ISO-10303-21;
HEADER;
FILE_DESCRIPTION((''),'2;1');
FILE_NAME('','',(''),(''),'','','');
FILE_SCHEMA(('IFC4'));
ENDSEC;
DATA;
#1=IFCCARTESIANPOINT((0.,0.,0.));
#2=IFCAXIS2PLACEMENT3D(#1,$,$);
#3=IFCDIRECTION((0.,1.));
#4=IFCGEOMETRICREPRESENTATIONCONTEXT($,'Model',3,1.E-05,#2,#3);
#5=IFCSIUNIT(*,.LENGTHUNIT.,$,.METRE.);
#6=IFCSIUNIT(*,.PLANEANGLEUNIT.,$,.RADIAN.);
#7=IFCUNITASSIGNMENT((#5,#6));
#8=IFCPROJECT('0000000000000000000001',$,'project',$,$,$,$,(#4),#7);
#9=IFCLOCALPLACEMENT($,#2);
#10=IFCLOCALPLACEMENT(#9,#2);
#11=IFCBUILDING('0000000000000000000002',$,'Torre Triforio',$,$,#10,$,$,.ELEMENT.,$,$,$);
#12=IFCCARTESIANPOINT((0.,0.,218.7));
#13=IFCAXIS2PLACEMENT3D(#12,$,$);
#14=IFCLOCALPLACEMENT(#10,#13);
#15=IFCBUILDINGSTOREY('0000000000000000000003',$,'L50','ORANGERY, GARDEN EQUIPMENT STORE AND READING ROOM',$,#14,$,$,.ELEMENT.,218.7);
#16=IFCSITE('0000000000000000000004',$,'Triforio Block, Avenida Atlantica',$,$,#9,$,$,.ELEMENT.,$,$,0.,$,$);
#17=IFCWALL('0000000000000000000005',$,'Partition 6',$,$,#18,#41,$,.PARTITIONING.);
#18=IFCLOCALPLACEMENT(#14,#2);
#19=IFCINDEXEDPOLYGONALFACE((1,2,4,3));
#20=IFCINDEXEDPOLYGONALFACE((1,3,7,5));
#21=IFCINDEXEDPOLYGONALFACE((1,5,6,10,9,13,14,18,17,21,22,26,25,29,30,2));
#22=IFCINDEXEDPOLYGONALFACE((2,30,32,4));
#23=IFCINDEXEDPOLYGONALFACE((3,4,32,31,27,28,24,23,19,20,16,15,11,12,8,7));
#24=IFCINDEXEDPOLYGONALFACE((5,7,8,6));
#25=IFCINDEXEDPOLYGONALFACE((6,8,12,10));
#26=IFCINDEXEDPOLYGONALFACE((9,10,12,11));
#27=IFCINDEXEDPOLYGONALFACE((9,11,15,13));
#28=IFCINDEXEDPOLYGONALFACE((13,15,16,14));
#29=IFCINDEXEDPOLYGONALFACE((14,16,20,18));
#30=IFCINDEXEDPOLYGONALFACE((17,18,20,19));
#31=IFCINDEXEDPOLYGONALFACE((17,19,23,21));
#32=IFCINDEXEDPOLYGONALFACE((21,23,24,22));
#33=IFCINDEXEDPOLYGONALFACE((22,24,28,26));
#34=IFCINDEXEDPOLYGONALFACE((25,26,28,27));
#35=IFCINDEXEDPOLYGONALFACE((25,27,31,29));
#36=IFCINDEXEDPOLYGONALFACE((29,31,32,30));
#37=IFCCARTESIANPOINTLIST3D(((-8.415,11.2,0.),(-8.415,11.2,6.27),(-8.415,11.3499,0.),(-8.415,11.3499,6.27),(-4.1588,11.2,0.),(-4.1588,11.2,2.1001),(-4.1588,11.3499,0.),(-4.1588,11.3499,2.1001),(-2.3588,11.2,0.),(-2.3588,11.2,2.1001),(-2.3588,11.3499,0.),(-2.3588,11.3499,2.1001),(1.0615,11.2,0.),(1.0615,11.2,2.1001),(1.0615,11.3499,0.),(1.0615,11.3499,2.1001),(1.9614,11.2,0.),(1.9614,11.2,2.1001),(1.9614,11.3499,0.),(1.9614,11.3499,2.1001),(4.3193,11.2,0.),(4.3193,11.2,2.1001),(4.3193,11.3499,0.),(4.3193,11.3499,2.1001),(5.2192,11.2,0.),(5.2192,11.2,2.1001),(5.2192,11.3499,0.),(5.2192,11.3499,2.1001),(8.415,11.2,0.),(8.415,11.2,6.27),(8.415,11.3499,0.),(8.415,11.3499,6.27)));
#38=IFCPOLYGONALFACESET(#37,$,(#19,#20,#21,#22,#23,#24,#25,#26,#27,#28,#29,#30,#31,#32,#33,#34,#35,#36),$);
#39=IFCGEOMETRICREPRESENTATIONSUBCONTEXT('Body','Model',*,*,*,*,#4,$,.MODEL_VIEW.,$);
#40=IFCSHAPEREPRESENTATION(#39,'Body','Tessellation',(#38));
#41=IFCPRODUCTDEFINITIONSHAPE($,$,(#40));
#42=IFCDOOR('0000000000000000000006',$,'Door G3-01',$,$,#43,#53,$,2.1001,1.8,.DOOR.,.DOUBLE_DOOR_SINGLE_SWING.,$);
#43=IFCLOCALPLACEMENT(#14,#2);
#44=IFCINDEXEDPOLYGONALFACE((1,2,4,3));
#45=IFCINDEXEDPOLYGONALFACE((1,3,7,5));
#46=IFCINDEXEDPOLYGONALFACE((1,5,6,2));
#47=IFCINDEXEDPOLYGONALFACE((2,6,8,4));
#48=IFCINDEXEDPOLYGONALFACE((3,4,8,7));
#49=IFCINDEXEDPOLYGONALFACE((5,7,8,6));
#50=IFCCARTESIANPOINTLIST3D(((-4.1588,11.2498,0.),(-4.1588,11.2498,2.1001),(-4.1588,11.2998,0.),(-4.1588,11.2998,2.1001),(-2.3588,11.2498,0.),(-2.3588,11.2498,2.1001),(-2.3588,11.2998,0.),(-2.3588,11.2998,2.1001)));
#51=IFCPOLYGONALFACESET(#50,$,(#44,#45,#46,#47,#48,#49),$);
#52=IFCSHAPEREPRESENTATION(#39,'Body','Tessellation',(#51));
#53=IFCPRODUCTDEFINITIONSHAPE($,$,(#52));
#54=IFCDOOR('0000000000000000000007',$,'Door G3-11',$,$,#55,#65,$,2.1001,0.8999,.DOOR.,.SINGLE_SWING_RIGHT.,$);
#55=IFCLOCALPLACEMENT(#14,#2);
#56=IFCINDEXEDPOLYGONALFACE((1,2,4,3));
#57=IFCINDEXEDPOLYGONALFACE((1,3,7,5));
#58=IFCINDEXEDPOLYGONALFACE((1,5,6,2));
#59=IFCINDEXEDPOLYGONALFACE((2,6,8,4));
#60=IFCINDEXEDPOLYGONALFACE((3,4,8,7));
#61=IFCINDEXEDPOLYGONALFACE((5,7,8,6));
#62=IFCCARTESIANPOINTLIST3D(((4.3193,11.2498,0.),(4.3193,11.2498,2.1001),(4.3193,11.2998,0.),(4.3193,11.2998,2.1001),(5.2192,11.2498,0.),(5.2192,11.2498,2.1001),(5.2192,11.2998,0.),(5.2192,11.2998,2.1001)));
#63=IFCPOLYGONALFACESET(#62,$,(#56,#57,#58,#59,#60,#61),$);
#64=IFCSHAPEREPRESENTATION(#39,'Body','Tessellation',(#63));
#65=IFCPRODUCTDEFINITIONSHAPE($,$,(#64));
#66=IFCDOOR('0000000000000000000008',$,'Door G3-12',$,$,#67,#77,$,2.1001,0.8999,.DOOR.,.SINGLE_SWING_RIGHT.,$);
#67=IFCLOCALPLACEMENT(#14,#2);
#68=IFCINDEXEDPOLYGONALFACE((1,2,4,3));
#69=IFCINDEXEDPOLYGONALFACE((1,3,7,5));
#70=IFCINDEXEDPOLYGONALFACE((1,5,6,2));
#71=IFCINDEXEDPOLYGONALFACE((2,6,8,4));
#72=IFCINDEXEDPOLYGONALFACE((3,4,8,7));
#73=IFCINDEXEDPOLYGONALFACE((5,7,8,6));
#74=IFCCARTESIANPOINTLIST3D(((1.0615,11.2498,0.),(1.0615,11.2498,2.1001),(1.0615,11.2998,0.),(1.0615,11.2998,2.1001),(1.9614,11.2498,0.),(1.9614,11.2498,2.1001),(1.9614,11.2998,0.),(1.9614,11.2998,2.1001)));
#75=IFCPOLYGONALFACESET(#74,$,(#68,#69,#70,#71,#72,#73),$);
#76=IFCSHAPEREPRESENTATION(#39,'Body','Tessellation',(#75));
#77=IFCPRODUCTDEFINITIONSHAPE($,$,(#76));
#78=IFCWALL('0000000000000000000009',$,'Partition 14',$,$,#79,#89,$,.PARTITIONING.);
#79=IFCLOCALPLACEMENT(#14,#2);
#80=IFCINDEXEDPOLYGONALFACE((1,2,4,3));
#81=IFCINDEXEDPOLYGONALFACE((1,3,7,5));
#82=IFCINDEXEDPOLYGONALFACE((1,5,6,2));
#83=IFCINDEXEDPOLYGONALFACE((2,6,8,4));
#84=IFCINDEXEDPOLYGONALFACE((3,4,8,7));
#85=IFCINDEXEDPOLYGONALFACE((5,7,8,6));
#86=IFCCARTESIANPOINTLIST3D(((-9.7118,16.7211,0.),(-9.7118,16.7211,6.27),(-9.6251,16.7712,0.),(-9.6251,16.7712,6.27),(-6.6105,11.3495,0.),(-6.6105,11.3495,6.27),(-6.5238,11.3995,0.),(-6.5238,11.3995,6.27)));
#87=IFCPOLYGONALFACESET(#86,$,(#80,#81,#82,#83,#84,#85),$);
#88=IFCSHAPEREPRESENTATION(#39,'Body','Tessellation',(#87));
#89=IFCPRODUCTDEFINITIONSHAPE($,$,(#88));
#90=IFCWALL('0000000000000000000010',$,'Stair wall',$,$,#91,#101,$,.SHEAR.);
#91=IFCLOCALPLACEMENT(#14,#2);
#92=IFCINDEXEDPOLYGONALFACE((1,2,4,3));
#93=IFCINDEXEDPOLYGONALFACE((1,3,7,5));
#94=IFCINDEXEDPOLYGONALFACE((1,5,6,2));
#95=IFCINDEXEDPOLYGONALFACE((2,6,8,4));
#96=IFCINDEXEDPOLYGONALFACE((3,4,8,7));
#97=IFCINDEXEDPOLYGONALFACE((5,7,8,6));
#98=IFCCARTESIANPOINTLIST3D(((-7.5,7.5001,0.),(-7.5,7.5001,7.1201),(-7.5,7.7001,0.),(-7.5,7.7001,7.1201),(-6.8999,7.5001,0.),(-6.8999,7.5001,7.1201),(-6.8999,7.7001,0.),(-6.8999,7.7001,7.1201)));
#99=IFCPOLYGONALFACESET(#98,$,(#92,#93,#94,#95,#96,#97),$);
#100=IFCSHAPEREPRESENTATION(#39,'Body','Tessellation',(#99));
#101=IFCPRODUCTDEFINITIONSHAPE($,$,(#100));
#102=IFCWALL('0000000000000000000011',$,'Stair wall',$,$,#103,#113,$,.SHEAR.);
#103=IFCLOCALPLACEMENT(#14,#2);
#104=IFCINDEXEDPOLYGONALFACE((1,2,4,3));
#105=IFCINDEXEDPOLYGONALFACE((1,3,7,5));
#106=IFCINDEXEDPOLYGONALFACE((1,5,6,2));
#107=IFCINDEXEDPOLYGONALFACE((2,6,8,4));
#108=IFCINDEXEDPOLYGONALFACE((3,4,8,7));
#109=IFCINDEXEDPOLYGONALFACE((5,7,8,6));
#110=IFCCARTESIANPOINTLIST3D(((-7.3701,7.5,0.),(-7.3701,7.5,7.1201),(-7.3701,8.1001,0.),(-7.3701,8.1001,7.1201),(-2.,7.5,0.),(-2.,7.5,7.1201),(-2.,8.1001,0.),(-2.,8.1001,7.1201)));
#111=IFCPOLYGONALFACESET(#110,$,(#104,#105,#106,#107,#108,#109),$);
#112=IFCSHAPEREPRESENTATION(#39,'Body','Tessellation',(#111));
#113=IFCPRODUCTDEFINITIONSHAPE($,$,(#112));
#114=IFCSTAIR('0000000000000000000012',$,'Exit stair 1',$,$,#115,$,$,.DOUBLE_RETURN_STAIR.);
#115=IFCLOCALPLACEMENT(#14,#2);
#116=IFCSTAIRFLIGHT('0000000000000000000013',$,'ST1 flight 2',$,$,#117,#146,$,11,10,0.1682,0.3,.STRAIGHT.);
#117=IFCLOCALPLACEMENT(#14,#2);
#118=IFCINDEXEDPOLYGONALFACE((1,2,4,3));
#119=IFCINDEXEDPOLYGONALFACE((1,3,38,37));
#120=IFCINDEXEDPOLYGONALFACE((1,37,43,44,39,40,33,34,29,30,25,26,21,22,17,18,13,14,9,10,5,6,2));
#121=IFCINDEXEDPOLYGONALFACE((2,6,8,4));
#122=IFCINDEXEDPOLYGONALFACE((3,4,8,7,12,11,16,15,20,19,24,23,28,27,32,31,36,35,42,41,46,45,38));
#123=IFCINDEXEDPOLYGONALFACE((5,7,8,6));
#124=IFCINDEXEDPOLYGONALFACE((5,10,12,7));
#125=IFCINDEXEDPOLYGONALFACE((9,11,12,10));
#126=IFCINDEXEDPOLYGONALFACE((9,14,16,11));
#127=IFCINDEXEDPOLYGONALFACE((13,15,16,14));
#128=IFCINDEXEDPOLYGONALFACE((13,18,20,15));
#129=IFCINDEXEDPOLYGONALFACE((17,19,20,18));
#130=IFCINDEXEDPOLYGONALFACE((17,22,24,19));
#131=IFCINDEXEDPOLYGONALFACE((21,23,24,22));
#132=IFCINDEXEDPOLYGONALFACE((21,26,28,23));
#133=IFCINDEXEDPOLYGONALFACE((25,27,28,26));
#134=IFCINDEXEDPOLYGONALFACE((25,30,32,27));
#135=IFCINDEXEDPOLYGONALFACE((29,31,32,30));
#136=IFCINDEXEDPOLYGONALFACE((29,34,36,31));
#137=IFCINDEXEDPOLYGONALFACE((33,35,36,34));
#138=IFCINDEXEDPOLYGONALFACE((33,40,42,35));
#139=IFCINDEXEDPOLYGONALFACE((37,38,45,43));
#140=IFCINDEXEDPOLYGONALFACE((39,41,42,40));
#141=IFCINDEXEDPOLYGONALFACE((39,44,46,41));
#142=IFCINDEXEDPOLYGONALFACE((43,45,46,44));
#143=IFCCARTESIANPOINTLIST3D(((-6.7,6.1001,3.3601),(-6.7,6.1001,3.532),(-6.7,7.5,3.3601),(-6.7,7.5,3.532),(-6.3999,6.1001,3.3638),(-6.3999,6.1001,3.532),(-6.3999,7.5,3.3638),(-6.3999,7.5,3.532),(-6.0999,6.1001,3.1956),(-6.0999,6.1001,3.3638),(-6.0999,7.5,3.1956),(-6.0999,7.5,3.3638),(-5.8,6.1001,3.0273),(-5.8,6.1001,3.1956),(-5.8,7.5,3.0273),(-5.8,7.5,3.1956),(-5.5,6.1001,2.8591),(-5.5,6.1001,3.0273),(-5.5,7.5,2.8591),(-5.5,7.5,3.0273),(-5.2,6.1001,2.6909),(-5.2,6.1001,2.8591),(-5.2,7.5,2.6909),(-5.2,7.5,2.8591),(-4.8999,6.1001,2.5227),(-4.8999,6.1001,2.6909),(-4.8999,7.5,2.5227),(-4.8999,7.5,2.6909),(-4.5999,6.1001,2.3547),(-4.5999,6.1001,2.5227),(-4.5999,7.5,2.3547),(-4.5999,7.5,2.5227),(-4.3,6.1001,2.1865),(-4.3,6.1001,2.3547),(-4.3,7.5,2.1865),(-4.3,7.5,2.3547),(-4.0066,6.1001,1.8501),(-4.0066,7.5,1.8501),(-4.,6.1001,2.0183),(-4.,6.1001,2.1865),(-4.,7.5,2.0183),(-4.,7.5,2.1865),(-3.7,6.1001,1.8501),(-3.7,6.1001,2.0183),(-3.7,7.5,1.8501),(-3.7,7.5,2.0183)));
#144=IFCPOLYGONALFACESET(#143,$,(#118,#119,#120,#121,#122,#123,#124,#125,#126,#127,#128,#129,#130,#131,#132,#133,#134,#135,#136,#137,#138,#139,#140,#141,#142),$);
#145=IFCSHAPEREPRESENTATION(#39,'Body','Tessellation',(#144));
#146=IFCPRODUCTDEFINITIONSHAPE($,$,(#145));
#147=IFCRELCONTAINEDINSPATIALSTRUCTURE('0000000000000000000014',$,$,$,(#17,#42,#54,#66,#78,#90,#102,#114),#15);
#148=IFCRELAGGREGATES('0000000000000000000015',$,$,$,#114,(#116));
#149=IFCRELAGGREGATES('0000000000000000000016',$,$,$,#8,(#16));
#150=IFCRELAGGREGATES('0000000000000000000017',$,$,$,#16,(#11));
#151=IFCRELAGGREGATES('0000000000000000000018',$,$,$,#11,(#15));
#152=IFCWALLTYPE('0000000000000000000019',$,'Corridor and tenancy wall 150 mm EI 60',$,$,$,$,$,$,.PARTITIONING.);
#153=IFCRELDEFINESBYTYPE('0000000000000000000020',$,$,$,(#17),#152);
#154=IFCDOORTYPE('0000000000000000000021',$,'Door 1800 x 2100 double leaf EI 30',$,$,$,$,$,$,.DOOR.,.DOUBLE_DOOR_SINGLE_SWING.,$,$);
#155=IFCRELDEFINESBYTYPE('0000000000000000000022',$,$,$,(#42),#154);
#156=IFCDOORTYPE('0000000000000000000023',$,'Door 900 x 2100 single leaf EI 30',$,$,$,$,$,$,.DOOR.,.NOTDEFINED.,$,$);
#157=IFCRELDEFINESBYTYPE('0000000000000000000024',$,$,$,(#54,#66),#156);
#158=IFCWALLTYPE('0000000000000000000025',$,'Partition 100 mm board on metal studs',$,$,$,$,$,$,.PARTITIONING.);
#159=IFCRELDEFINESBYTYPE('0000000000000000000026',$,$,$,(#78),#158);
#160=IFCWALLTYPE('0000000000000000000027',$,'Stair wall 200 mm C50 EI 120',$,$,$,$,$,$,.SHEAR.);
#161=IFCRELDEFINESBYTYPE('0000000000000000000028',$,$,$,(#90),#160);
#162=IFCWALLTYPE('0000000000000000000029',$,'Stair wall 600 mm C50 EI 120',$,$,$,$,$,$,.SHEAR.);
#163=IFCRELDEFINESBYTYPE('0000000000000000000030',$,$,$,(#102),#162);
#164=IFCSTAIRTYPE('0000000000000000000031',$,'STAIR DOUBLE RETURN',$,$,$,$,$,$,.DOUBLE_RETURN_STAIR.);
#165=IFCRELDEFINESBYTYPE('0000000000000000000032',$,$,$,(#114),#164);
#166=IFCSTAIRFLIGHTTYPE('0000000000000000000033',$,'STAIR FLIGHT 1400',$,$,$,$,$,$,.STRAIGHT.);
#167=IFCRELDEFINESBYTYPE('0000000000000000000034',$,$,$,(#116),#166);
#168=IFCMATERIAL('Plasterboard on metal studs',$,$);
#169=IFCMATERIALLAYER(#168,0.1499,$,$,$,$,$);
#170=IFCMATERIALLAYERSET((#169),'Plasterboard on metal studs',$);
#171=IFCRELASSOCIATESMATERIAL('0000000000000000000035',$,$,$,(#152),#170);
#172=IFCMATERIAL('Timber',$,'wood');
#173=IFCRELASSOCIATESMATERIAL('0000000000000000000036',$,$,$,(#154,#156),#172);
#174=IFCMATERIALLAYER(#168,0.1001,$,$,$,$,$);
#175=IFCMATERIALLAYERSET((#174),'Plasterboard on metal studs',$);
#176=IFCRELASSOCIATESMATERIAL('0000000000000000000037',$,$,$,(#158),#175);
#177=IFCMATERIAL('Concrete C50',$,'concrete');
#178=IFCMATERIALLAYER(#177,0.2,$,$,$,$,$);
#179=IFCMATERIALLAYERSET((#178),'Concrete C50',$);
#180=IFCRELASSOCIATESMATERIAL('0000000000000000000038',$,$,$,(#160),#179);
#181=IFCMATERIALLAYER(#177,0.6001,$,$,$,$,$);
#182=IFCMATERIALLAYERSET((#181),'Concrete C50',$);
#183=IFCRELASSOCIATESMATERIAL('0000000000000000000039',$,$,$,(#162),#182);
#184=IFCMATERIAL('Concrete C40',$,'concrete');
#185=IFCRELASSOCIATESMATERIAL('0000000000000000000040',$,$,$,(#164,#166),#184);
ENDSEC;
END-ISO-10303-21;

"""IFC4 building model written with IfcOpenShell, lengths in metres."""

from ifc_helpers import new_model, si_unit, direction, frame, frame_2d, origin, place, context, subcontext, project, spatial, polyline, rectangle, outline, extrude, material, layer, layer_set, type_object, element, fill, aggregate, save


model = new_model("IFC4")

# Units and contexts
model_context = context("Model", 3, precision=1e-05, world=origin(), true_north=direction((0.0, 1.0)))
body_context = subcontext(model_context, "Body", "Model", "MODEL_VIEW")
ifc_project = project(units=[si_unit("LENGTHUNIT", "METRE"), si_unit("PLANEANGLEUNIT", "RADIAN")], contexts=[model_context])

# Site, building, storey
site_placement = place(None, origin())
site = spatial("IfcSite", under=ifc_project, at=site_placement, Name="Triforio Block, Avenida Atlantica", CompositionType="ELEMENT", RefElevation=0.0)
building_placement = place(site_placement, origin())
building = spatial("IfcBuilding", under=site, at=building_placement, Name="Torre Triforio", CompositionType="ELEMENT")
storey_placement = place(building_placement, frame((0.0, 0.0, 218.7)))
storey = spatial("IfcBuildingStorey", under=building, at=storey_placement, Name="L50", Description="ORANGERY, GARDEN EQUIPMENT STORE AND READING ROOM", CompositionType="ELEMENT", Elevation=218.7)

# Shared definitions
ifc_material_1 = material(Name="Concrete C40", Category="concrete")

# Wall, openings, doors
ifc_material_2 = material(Name="Concrete C50", Category="concrete")
ifc_material_3 = material(Name="Plasterboard on metal studs")
ifc_layer_1 = layer(ifc_material_3, 0.1499)
ifc_layer_set_1 = layer_set([ifc_layer_1], Name="Plasterboard on metal studs")
wall_type_1 = type_object("IfcWallType", Name="Corridor and tenancy wall 150 mm EI 60", PredefinedType="PARTITIONING", material=ifc_layer_set_1)
wall_1_placement = place(storey_placement, frame((-8.415, 11.2749, 0.0), z_axis=(0.0, 0.0, 1.0), x_axis=(1.0, 0.0, 0.0)))
wall_1 = element("IfcWall", 1, at=wall_1_placement, inside=storey, type_object=wall_type_1, Name="Partition 6", PredefinedType="PARTITIONING", context=body_context, shape_type="SweptSolid", body=[
    extrude(rectangle(XDim=16.8301, YDim=0.1499, at=frame_2d((8.415, 0.0))), origin(), (0.0, 0.0, 1.0), 6.27),
])
opening_1_placement = place(wall_1_placement, frame((4.2563, 0.0, 0.0)))
opening_1 = element("IfcOpeningElement", 2, at=opening_1_placement, cuts=wall_1, PredefinedType="OPENING", context=body_context, shape_type="SweptSolid", body=[
    extrude(rectangle(XDim=1.8, YDim=2.1001, at=frame_2d((0.8999, 1.05))), frame((0.0, 0.085, 0.0), z_axis=(0.0, -1.0, 0.0), x_axis=(1.0, 0.0, 0.0)), (0.0, 0.0, 1.0), 0.1699),
])
opening_2_placement = place(wall_1_placement, frame((12.7344, 0.0, 0.0)))
opening_2 = element("IfcOpeningElement", 3, at=opening_2_placement, cuts=wall_1, PredefinedType="OPENING", context=body_context, shape_type="SweptSolid", body=[
    extrude(rectangle(XDim=0.8999, YDim=2.1001, at=frame_2d((0.45, 1.05))), frame((0.0, 0.085, 0.0), z_axis=(0.0, -1.0, 0.0), x_axis=(1.0, 0.0, 0.0)), (0.0, 0.0, 1.0), 0.1699),
])
opening_3_placement = place(wall_1_placement, frame((9.4766, 0.0, 0.0)))
opening_3 = element("IfcOpeningElement", 4, at=opening_3_placement, cuts=wall_1, PredefinedType="OPENING", context=body_context, shape_type="SweptSolid", body=[
    extrude(rectangle(XDim=0.8999, YDim=2.1001, at=frame_2d((0.45, 1.05))), frame((0.0, 0.085, 0.0), z_axis=(0.0, -1.0, 0.0), x_axis=(1.0, 0.0, 0.0)), (0.0, 0.0, 1.0), 0.1699),
])
ifc_material_4 = material(Name="Timber", Category="wood")
door_type_1 = type_object("IfcDoorType", Name="Door 1800 x 2100 double leaf EI 30", OperationType="DOUBLE_DOOR_SINGLE_SWING", PredefinedType="DOOR", material=ifc_material_4)
door_1_placement = place(opening_1_placement, origin())
door_1 = element("IfcDoor", 5, at=door_1_placement, inside=storey, type_object=door_type_1, Name="Door G3-01", OperationType="DOUBLE_DOOR_SINGLE_SWING", OverallHeight=2.1001, OverallWidth=1.8, PredefinedType="DOOR", context=body_context, shape_type="SweptSolid", body=[
    extrude(rectangle(XDim=1.8, YDim=2.1001, at=frame_2d((0.8999, 1.05))), frame((0.0, 0.0249, 0.0), z_axis=(0.0, -1.0, 0.0), x_axis=(1.0, 0.0, 0.0)), (0.0, 0.0, 1.0), 0.05),
])
fill(opening_1, door_1)
door_type_2 = type_object("IfcDoorType", Name="Door 900 x 2100 single leaf EI 30", OperationType="NOTDEFINED", PredefinedType="DOOR", material=ifc_material_4)
door_2_placement = place(opening_2_placement, origin())
door_2 = element("IfcDoor", 6, at=door_2_placement, inside=storey, type_object=door_type_2, Name="Door G3-11", OperationType="SINGLE_SWING_RIGHT", OverallHeight=2.1001, OverallWidth=0.8999, PredefinedType="DOOR", context=body_context, shape_type="SweptSolid", body=[
    extrude(rectangle(XDim=0.8999, YDim=2.1001, at=frame_2d((0.45, 1.05))), frame((0.0, 0.0249, 0.0), z_axis=(0.0, -1.0, 0.0), x_axis=(1.0, 0.0, 0.0)), (0.0, 0.0, 1.0), 0.05),
])
fill(opening_2, door_2)
door_3_placement = place(opening_3_placement, origin())
door_3 = element("IfcDoor", 7, at=door_3_placement, inside=storey, type_object=door_type_2, Name="Door G3-12", OperationType="SINGLE_SWING_RIGHT", OverallHeight=2.1001, OverallWidth=0.8999, PredefinedType="DOOR", context=body_context, shape_type="SweptSolid", body=[
    extrude(rectangle(XDim=0.8999, YDim=2.1001, at=frame_2d((0.45, 1.05))), frame((0.0, 0.0249, 0.0), z_axis=(0.0, -1.0, 0.0), x_axis=(1.0, 0.0, 0.0)), (0.0, 0.0, 1.0), 0.05),
])
fill(opening_3, door_3)

# Walls
ifc_layer_2 = layer(ifc_material_3, 0.1001)
ifc_layer_set_2 = layer_set([ifc_layer_2], Name="Plasterboard on metal studs")
wall_type_2 = type_object("IfcWallType", Name="Partition 100 mm board on metal studs", PredefinedType="PARTITIONING", material=ifc_layer_set_2)
wall_2_placement = place(storey_placement, frame((-6.5671, 11.3745, 0.0), z_axis=(0.0, 0.0, 1.0), x_axis=(-0.500004, 0.866023, 0.0)))
element("IfcWall", 8, at=wall_2_placement, inside=storey, type_object=wall_type_2, Name="Partition 14", PredefinedType="PARTITIONING", context=body_context, shape_type="SweptSolid", body=[
    extrude(rectangle(XDim=6.2026, YDim=0.1001, at=frame_2d((3.1013, 0.0))), origin(), (0.0, 0.0, 1.0), 6.27),
])
ifc_layer_3 = layer(ifc_material_2, 0.2)
ifc_layer_set_3 = layer_set([ifc_layer_3], Name="Concrete C50")
wall_type_3 = type_object("IfcWallType", Name="Stair wall 200 mm C50 EI 120", PredefinedType="SHEAR", material=ifc_layer_set_3)
wall_3_placement = place(storey_placement, frame((-7.5, 7.6001, 0.0), z_axis=(0.0, 0.0, 1.0), x_axis=(1.0, 0.0, 0.0)))
element("IfcWall", 9, at=wall_3_placement, inside=storey, type_object=wall_type_3, Name="Stair wall", PredefinedType="SHEAR", context=body_context, shape_type="SweptSolid", body=[
    extrude(rectangle(XDim=0.6001, YDim=0.2, at=frame_2d((0.3, 0.0))), origin(), (0.0, 0.0, 1.0), 7.1201),
])
ifc_layer_4 = layer(ifc_material_2, 0.6001)
ifc_layer_set_4 = layer_set([ifc_layer_4], Name="Concrete C50")
wall_type_4 = type_object("IfcWallType", Name="Stair wall 600 mm C50 EI 120", PredefinedType="SHEAR", material=ifc_layer_set_4)
wall_4_placement = place(storey_placement, frame((-7.3701, 7.8, 0.0), z_axis=(0.0, 0.0, 1.0), x_axis=(1.0, 0.0, 0.0)))
element("IfcWall", 10, at=wall_4_placement, inside=storey, type_object=wall_type_4, Name="Stair wall", PredefinedType="SHEAR", context=body_context, shape_type="SweptSolid", body=[
    extrude(rectangle(XDim=5.3701, YDim=0.6001, at=frame_2d((2.6851, 0.0))), origin(), (0.0, 0.0, 1.0), 7.1201),
])

# Stair, stair flight
stair_type = type_object("IfcStairType", Name="STAIR DOUBLE RETURN", PredefinedType="DOUBLE_RETURN_STAIR", material=ifc_material_1)
stair_placement = place(storey_placement, origin())
stair = element("IfcStair", 11, at=stair_placement, inside=storey, type_object=stair_type, Name="Exit stair 1", PredefinedType="DOUBLE_RETURN_STAIR")
stair_flight_type = type_object("IfcStairFlightType", Name="STAIR FLIGHT 1400", PredefinedType="STRAIGHT", material=ifc_material_1)
stair_flight_1_placement = place(storey_placement, frame((-3.7, 6.8, 1.8501), z_axis=(0.0, 0.0, 1.0), x_axis=(-1.0, 0.0, 0.0)))
stair_flight_1 = element("IfcStairFlight", 12, at=stair_flight_1_placement, type_object=stair_flight_type, Name="ST1 flight 2", NumberOfRisers=11, NumberOfTreads=10, PredefinedType="STRAIGHT", RiserHeight=0.1682, TreadLength=0.3, context=body_context, shape_type="SweptSolid", body=[
    extrude(outline(polyline([(0.0, 0.0), (0.0, 0.1682), (0.3, 0.1682), (0.3, 0.3364), (0.6001, 0.3364), (0.6001, 0.5046), (0.8999, 0.5046), (0.8999, 0.6726), (1.2, 0.6726), (1.2, 0.8408), (1.5, 0.8408), (1.5, 1.009), (1.8, 1.009), (1.8, 1.1772), (2.1001, 1.1772), (2.1001, 1.3455), (2.3999, 1.3455), (2.3999, 1.5137), (2.7, 1.5137), (2.7, 1.6819), (3.0, 1.6819), (3.0, 1.8501), (3.0, 1.51), (0.3066, 0.0), (0.0, 0.0)])), frame((0.0, 0.7, 0.0), z_axis=(0.0, -1.0, 0.0), x_axis=(1.0, 0.0, 0.0)), (0.0, 0.0, 1.0), 1.3999),
])
aggregate(stair, [stair_flight_1])

save(model, "model.ifc")
